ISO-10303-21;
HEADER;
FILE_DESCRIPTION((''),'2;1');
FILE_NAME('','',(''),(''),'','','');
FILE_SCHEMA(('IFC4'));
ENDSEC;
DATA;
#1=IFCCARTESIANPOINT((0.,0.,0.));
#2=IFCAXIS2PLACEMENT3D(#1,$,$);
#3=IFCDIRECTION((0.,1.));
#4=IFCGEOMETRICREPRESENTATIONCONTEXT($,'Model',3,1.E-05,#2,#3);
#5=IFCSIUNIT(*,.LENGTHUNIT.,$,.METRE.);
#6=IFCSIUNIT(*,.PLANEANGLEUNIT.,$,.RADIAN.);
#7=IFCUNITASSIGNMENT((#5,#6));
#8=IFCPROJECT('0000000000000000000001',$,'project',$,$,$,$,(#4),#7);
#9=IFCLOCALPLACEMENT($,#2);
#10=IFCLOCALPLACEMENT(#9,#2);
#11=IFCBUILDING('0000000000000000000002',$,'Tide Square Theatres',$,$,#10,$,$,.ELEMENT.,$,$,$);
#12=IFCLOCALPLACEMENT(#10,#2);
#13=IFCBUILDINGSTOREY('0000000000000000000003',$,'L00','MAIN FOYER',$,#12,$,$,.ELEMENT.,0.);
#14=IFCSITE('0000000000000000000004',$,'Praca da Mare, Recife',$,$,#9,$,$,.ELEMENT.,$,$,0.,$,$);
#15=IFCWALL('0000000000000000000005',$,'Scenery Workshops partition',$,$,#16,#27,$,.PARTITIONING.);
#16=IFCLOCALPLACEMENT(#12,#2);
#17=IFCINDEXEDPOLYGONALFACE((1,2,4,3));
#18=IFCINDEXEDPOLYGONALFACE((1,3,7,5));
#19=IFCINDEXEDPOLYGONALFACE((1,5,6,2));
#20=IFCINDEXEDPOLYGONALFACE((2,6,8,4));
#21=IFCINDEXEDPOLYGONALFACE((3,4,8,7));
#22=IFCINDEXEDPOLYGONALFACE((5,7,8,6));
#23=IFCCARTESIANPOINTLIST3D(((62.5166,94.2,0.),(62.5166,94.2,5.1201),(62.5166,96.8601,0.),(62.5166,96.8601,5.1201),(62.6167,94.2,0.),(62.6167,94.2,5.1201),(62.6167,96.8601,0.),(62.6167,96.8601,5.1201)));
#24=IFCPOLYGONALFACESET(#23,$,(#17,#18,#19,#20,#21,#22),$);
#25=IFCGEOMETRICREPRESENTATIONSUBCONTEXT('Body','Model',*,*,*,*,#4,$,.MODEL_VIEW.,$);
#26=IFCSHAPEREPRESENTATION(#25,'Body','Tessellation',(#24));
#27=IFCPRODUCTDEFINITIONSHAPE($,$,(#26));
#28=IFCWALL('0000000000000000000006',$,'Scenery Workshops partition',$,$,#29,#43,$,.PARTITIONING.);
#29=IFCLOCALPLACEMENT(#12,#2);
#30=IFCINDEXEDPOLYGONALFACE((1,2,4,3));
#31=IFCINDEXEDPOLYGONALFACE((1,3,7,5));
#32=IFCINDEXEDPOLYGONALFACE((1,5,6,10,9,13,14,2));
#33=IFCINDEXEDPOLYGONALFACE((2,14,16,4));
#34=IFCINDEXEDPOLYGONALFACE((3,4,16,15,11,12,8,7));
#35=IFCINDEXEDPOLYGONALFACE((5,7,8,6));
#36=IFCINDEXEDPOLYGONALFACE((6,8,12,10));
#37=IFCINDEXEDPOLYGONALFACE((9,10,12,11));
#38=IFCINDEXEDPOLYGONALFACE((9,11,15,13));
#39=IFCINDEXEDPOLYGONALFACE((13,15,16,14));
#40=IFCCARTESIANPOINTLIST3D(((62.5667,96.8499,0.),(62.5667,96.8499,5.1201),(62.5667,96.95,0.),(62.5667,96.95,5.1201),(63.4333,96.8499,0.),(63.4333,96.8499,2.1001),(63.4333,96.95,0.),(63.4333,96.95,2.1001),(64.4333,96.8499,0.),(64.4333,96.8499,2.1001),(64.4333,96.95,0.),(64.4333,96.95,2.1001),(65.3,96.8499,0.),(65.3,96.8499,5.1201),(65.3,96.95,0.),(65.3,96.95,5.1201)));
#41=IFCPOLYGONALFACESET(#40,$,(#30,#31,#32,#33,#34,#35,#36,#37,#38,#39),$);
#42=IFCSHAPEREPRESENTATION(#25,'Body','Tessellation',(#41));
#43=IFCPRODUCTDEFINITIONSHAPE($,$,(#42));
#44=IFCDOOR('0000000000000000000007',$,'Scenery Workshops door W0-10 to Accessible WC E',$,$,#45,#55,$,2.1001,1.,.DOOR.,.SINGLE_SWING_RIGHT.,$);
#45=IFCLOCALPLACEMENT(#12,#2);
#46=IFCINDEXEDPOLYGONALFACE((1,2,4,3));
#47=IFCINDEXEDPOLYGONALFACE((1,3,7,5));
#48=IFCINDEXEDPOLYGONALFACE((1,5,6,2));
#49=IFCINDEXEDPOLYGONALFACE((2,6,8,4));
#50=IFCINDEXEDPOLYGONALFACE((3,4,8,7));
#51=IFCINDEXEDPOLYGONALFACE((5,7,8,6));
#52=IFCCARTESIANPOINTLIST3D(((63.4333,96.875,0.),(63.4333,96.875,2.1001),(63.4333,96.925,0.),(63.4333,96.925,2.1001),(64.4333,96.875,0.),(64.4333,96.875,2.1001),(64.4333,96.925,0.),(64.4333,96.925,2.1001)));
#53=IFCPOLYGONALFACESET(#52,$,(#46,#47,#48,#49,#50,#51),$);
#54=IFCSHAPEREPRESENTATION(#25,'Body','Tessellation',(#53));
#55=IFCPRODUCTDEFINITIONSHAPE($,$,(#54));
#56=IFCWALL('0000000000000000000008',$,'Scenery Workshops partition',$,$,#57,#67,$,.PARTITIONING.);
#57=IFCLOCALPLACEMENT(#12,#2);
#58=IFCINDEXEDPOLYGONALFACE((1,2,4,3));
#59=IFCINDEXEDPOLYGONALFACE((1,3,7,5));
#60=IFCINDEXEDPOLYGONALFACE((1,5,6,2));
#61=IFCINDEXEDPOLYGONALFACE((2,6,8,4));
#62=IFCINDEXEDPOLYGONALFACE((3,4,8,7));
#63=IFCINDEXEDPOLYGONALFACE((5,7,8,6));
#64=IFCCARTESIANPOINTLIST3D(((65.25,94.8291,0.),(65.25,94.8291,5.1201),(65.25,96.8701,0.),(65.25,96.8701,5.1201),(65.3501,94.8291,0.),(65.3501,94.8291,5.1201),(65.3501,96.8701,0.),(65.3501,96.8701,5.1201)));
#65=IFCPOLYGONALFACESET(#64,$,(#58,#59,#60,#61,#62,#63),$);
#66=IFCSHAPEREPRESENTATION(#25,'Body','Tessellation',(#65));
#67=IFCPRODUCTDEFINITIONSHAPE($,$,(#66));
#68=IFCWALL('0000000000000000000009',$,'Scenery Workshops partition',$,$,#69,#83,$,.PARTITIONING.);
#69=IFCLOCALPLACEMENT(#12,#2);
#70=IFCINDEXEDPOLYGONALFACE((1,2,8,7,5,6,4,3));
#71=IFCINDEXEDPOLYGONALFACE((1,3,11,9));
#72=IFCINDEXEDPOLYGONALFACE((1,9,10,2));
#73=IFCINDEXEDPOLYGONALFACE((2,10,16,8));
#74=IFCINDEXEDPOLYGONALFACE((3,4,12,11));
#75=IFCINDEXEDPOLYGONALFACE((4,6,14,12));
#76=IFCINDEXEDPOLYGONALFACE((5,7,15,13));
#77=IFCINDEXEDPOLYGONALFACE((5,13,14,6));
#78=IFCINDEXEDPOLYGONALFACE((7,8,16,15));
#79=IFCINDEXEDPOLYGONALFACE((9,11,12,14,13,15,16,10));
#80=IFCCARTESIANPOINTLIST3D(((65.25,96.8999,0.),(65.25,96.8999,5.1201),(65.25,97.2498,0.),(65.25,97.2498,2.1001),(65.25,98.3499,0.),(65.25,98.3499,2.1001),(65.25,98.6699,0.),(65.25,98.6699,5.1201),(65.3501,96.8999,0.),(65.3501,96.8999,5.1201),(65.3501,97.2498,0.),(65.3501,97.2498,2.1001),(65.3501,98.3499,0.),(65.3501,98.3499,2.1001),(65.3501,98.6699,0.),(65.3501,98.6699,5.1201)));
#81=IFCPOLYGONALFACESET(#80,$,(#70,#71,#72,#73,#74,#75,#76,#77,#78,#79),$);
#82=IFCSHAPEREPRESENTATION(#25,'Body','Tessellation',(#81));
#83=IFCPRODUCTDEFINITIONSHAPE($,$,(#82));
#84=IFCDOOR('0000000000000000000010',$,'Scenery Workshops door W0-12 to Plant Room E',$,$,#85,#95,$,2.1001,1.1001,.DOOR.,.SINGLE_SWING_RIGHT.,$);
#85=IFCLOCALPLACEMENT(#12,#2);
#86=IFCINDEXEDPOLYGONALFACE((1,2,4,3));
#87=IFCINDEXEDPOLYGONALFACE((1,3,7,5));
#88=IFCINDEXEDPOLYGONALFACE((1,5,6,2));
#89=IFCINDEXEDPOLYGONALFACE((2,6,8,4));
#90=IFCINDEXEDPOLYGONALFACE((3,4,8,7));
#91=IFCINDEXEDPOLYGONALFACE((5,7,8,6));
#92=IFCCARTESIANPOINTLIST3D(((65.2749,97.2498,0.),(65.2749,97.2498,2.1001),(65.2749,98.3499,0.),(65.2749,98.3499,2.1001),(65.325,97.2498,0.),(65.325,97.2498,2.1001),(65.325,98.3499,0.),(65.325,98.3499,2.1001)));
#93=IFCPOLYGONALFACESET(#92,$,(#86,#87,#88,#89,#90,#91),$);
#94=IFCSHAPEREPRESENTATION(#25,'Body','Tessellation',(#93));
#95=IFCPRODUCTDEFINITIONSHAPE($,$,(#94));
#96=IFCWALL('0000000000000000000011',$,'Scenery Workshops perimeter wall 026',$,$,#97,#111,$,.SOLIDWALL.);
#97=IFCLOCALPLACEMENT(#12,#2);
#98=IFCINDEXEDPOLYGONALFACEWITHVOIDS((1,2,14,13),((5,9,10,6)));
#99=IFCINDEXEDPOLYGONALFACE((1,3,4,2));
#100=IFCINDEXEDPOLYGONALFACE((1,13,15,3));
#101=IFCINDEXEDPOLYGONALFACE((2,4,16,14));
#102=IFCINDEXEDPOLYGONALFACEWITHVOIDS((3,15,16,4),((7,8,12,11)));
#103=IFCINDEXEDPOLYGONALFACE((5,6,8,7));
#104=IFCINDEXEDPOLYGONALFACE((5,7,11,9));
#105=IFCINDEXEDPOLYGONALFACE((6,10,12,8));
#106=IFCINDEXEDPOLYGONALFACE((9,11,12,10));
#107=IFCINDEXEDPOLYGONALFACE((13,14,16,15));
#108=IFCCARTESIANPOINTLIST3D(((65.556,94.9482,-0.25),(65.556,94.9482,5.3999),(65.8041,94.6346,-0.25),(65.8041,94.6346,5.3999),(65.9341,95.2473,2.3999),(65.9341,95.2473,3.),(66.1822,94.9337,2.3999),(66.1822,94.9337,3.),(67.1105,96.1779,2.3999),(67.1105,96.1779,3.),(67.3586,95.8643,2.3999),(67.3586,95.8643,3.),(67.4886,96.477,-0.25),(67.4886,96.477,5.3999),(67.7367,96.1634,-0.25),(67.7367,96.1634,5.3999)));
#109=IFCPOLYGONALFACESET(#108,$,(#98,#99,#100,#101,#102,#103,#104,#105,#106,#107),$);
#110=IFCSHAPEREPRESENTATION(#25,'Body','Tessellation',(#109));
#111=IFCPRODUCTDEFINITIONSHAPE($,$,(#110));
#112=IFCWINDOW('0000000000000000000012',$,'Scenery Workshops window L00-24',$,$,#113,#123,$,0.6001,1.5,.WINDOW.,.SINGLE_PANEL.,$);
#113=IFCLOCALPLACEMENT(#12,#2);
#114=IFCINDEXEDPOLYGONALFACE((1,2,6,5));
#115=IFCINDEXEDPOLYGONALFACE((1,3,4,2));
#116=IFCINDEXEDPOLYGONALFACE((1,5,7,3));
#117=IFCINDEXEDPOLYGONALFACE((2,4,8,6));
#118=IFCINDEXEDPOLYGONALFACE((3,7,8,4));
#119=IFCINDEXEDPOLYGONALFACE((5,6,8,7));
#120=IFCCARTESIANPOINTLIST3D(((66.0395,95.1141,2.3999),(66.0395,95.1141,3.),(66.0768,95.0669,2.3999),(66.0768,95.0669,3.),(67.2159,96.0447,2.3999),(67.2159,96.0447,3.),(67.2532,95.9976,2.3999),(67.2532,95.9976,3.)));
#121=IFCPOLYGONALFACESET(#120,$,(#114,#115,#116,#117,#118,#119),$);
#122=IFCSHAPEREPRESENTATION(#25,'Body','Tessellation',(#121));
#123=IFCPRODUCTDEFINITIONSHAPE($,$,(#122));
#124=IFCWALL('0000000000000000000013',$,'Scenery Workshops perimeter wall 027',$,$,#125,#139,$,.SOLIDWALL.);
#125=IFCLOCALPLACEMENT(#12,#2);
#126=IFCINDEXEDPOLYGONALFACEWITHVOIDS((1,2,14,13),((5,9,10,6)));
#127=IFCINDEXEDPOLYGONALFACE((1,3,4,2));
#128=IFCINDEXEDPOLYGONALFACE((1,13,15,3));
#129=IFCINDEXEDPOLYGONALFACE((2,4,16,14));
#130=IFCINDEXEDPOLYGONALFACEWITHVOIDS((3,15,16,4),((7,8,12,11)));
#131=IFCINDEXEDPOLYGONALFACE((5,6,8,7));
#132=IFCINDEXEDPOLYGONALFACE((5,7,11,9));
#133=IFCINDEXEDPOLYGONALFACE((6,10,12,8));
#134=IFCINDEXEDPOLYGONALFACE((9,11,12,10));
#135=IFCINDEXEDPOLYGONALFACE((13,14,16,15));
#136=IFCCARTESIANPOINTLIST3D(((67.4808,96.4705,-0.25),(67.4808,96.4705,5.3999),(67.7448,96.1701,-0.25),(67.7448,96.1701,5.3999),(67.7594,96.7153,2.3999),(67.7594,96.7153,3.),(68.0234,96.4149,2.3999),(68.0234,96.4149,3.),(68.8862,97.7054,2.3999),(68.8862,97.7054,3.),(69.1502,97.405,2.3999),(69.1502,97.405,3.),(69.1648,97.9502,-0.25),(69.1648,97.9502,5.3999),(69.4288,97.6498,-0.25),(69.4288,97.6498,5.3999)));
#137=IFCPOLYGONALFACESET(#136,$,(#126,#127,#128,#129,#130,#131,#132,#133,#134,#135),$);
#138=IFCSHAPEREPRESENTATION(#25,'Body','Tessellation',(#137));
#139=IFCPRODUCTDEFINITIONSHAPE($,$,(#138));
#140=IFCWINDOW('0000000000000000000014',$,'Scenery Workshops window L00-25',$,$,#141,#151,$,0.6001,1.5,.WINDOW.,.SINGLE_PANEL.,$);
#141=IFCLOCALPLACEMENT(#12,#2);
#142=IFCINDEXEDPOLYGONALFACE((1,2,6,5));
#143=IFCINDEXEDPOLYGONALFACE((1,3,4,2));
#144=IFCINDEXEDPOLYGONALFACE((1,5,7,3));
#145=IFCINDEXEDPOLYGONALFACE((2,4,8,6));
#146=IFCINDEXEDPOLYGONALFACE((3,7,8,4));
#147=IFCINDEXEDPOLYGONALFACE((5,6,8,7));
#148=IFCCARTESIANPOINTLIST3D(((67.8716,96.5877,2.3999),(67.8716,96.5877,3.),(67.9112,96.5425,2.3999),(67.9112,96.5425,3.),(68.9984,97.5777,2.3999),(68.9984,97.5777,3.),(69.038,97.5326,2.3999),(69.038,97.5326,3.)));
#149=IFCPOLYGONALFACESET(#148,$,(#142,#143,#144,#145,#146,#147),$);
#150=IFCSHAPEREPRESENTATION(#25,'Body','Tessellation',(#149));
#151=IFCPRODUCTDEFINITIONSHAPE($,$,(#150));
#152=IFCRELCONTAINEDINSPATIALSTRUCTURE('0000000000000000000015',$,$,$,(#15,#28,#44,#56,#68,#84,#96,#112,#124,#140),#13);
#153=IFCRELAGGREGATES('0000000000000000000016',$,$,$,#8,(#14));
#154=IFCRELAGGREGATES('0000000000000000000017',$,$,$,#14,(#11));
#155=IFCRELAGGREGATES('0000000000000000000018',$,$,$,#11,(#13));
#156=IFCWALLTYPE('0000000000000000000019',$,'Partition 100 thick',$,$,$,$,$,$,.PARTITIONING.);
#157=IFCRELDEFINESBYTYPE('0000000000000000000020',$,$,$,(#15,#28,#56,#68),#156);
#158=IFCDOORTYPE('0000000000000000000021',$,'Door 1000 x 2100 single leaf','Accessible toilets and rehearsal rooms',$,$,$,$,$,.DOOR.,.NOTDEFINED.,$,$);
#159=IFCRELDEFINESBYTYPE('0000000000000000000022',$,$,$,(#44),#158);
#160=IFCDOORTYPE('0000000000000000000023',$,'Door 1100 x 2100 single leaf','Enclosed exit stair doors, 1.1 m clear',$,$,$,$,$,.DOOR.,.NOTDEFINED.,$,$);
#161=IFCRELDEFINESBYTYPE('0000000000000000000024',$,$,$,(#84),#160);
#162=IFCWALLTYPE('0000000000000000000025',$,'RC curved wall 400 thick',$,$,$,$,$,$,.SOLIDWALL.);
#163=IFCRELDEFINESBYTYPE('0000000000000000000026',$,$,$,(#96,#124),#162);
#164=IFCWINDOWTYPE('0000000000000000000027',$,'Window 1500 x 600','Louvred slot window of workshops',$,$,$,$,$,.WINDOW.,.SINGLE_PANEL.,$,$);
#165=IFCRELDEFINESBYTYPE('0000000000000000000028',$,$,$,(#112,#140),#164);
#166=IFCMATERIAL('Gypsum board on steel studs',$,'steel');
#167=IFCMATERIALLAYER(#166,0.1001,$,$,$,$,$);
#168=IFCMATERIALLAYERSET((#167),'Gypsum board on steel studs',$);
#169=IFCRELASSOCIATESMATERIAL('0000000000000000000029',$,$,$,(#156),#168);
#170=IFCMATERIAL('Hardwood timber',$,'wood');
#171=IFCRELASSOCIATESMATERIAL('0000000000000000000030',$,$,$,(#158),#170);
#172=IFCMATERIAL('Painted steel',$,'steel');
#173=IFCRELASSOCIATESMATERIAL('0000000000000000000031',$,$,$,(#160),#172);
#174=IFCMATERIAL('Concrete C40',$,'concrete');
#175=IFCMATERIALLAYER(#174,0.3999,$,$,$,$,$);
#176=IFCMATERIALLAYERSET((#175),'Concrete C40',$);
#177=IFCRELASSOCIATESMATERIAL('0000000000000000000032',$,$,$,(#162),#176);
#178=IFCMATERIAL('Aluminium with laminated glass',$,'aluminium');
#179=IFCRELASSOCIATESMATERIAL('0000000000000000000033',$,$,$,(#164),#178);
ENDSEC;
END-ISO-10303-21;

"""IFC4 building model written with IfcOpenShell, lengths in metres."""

from ifc_helpers import new_model, si_unit, direction, frame, frame_2d, origin, place, context, subcontext, project, spatial, rectangle, extrude, material, layer, layer_set, type_object, element, fill, save


model = new_model("IFC4")

# Units and contexts
model_context = context("Model", 3, precision=1e-05, world=origin(), true_north=direction((0.0, 1.0)))
body_context = subcontext(model_context, "Body", "Model", "MODEL_VIEW")
ifc_project = project(units=[si_unit("LENGTHUNIT", "METRE"), si_unit("PLANEANGLEUNIT", "RADIAN")], contexts=[model_context])

# Site, building, storey
site_placement = place(None, origin())
site = spatial("IfcSite", under=ifc_project, at=site_placement, Name="Praca da Mare, Recife", CompositionType="ELEMENT", RefElevation=0.0)
building_placement = place(site_placement, origin())
building = spatial("IfcBuilding", under=site, at=building_placement, Name="Tide Square Theatres", CompositionType="ELEMENT")
storey_placement = place(building_placement, origin())
storey = spatial("IfcBuildingStorey", under=building, at=storey_placement, Name="L00", Description="MAIN FOYER", CompositionType="ELEMENT", Elevation=0.0)

# Shared definitions
ifc_material_1 = material(Name="Gypsum board on steel studs", Category="steel")
ifc_layer_1 = layer(ifc_material_1, 0.1001)
ifc_layer_set_1 = layer_set([ifc_layer_1], Name="Gypsum board on steel studs")
wall_type_1 = type_object("IfcWallType", Name="Partition 100 thick", PredefinedType="PARTITIONING", material=ifc_layer_set_1)

# Wall
wall_1_placement = place(storey_placement, frame((62.5667, 96.8601, 0.0), z_axis=(0.0, 0.0, 1.0), x_axis=(0.0, -1.0, 0.0)))
element("IfcWall", 1, at=wall_1_placement, inside=storey, type_object=wall_type_1, Name="Scenery Workshops partition", PredefinedType="PARTITIONING", context=body_context, shape_type="SweptSolid", body=[
    extrude(rectangle(XDim=2.6602, YDim=0.1001, at=frame_2d((1.3301, 0.0))), origin(), (0.0, 0.0, 1.0), 5.1201),
])

# Wall, opening, door
wall_2_placement = place(storey_placement, frame((65.3, 96.8999, 0.0), z_axis=(0.0, 0.0, 1.0), x_axis=(-1.0, 0.0, 0.0)))
wall_2 = element("IfcWall", 2, at=wall_2_placement, inside=storey, type_object=wall_type_1, Name="Scenery Workshops partition", PredefinedType="PARTITIONING", context=body_context, shape_type="SweptSolid", body=[
    extrude(rectangle(XDim=2.7334, YDim=0.1001, at=frame_2d((1.3667, 0.0))), origin(), (0.0, 0.0, 1.0), 5.1201),
])
opening_1_placement = place(wall_2_placement, frame((0.8667, 0.0, 0.0)))
opening_1 = element("IfcOpeningElement", 3, at=opening_1_placement, cuts=wall_2, PredefinedType="OPENING", context=body_context, shape_type="SweptSolid", body=[
    extrude(rectangle(XDim=1.0, YDim=2.1001, at=frame_2d((0.5, 1.05))), frame((0.0, 0.0601, 0.0), z_axis=(0.0, -1.0, 0.0), x_axis=(1.0, 0.0, 0.0)), (0.0, 0.0, 1.0), 0.1201),
])
ifc_material_2 = material(Name="Hardwood timber", Category="wood")
door_type_1 = type_object("IfcDoorType", Name="Door 1000 x 2100 single leaf", Description="Accessible toilets and rehearsal rooms", OperationType="NOTDEFINED", PredefinedType="DOOR", material=ifc_material_2)
door_1_placement = place(opening_1_placement, origin())
door_1 = element("IfcDoor", 4, at=door_1_placement, inside=storey, type_object=door_type_1, Name="Scenery Workshops door W0-10 to Accessible WC E", OperationType="SINGLE_SWING_RIGHT", OverallHeight=2.1001, OverallWidth=1.0, PredefinedType="DOOR", context=body_context, shape_type="SweptSolid", body=[
    extrude(rectangle(XDim=1.0, YDim=2.1001, at=frame_2d((0.5, 1.05))), frame((0.0, 0.0249, 0.0), z_axis=(0.0, -1.0, 0.0), x_axis=(1.0, 0.0, 0.0)), (0.0, 0.0, 1.0), 0.05),
])
fill(opening_1, door_1)

# Wall
wall_3_placement = place(storey_placement, frame((65.3, 96.8701, 0.0), z_axis=(0.0, 0.0, 1.0), x_axis=(0.0, -1.0, 0.0)))
element("IfcWall", 5, at=wall_3_placement, inside=storey, type_object=wall_type_1, Name="Scenery Workshops partition", PredefinedType="PARTITIONING", context=body_context, shape_type="SweptSolid", body=[
    extrude(rectangle(XDim=2.041, YDim=0.1001, at=frame_2d((1.0205, 0.0))), origin(), (0.0, 0.0, 1.0), 5.1201),
])

# Wall, opening, door
wall_4_placement = place(storey_placement, frame((65.3, 98.6699, 0.0), z_axis=(0.0, 0.0, 1.0), x_axis=(0.0, -1.0, 0.0)))
wall_4 = element("IfcWall", 6, at=wall_4_placement, inside=storey, type_object=wall_type_1, Name="Scenery Workshops partition", PredefinedType="PARTITIONING", context=body_context, shape_type="SweptSolid", body=[
    extrude(rectangle(XDim=1.77, YDim=0.1001, at=frame_2d((0.885, 0.0))), origin(), (0.0, 0.0, 1.0), 5.1201),
])
opening_2_placement = place(wall_4_placement, frame((0.3201, 0.0, 0.0)))
opening_2 = element("IfcOpeningElement", 7, at=opening_2_placement, cuts=wall_4, PredefinedType="OPENING", context=body_context, shape_type="SweptSolid", body=[
    extrude(rectangle(XDim=1.1001, YDim=2.1001, at=frame_2d((0.55, 1.05))), frame((0.0, 0.0601, 0.0), z_axis=(0.0, -1.0, 0.0), x_axis=(1.0, 0.0, 0.0)), (0.0, 0.0, 1.0), 0.1201),
])
ifc_material_3 = material(Name="Painted steel", Category="steel")
door_type_2 = type_object("IfcDoorType", Name="Door 1100 x 2100 single leaf", Description="Enclosed exit stair doors, 1.1 m clear", OperationType="NOTDEFINED", PredefinedType="DOOR", material=ifc_material_3)
door_2_placement = place(opening_2_placement, origin())
door_2 = element("IfcDoor", 8, at=door_2_placement, inside=storey, type_object=door_type_2, Name="Scenery Workshops door W0-12 to Plant Room E", OperationType="SINGLE_SWING_RIGHT", OverallHeight=2.1001, OverallWidth=1.1001, PredefinedType="DOOR", context=body_context, shape_type="SweptSolid", body=[
    extrude(rectangle(XDim=1.1001, YDim=2.1001, at=frame_2d((0.55, 1.05))), frame((0.0, 0.0249, 0.0), z_axis=(0.0, -1.0, 0.0), x_axis=(1.0, 0.0, 0.0)), (0.0, 0.0, 1.0), 0.05),
])
fill(opening_2, door_2)

# Walls, openings, windows
ifc_material_4 = material(Name="Concrete C40", Category="concrete")
ifc_layer_2 = layer(ifc_material_4, 0.3999)
ifc_layer_set_2 = layer_set([ifc_layer_2], Name="Concrete C40")
wall_type_2 = type_object("IfcWallType", Name="RC curved wall 400 thick", PredefinedType="SOLIDWALL", material=ifc_layer_set_2)
wall_5_placement = place(storey_placement, frame((65.6802, 94.7915, -0.25), z_axis=(0.0, 0.0, 1.0), x_axis=(0.784279, 0.620409, 0.0)))
wall_5 = element("IfcWall", 9, at=wall_5_placement, inside=storey, type_object=wall_type_2, Name="Scenery Workshops perimeter wall 026", PredefinedType="SOLIDWALL", context=body_context, shape_type="SweptSolid", body=[
    extrude(rectangle(XDim=2.4641, YDim=0.3999, at=frame_2d((1.2319, 0.0))), origin(), (0.0, 0.0, 1.0), 5.6499),
])
opening_3_placement = place(wall_5_placement, frame((0.4819, 0.0, 2.6499)))
opening_3 = element("IfcOpeningElement", 10, at=opening_3_placement, cuts=wall_5, PredefinedType="OPENING", context=body_context, shape_type="SweptSolid", body=[
    extrude(rectangle(XDim=1.5, YDim=0.6001, at=frame_2d((0.75, 0.3))), frame((0.0, 0.21, 0.0), z_axis=(0.0, -1.0, 0.0), x_axis=(1.0, 0.0, 0.0)), (0.0, 0.0, 1.0), 0.4199),
])
ifc_material_5 = material(Name="Aluminium with laminated glass", Category="aluminium")
window_type = type_object("IfcWindowType", Name="Window 1500 x 600", Description="Louvred slot window of workshops", PartitioningType="SINGLE_PANEL", PredefinedType="WINDOW", material=ifc_material_5)
window_1_placement = place(opening_3_placement, origin())
window_1 = element("IfcWindow", 11, at=window_1_placement, inside=storey, type_object=window_type, Name="Scenery Workshops window L00-24", OverallHeight=0.6001, OverallWidth=1.5, PartitioningType="SINGLE_PANEL", PredefinedType="WINDOW", context=body_context, shape_type="SweptSolid", body=[
    extrude(rectangle(XDim=1.5, YDim=0.6001, at=frame_2d((0.75, 0.3))), frame((0.0, 0.03, 0.0), z_axis=(0.0, -1.0, 0.0), x_axis=(1.0, 0.0, 0.0)), (0.0, 0.0, 1.0), 0.0601),
])
fill(opening_3, window_1)
wall_6_placement = place(storey_placement, frame((67.6128, 96.3203, -0.25), z_axis=(0.0, 0.0, 1.0), x_axis=(0.751212, 0.660061, 0.0)))
wall_6 = element("IfcWall", 12, at=wall_6_placement, inside=storey, type_object=wall_type_2, Name="Scenery Workshops perimeter wall 027", PredefinedType="SOLIDWALL", context=body_context, shape_type="SweptSolid", body=[
    extrude(rectangle(XDim=2.2417, YDim=0.3999, at=frame_2d((1.1208, 0.0))), origin(), (0.0, 0.0, 1.0), 5.6499),
])
opening_4_placement = place(wall_6_placement, frame((0.3708, 0.0, 2.6499)))
opening_4 = element("IfcOpeningElement", 13, at=opening_4_placement, cuts=wall_6, PredefinedType="OPENING", context=body_context, shape_type="SweptSolid", body=[
    extrude(rectangle(XDim=1.5, YDim=0.6001, at=frame_2d((0.75, 0.3))), frame((0.0, 0.21, 0.0), z_axis=(0.0, -1.0, 0.0), x_axis=(1.0, 0.0, 0.0)), (0.0, 0.0, 1.0), 0.4199),
])
window_2_placement = place(opening_4_placement, origin())
window_2 = element("IfcWindow", 14, at=window_2_placement, inside=storey, type_object=window_type, Name="Scenery Workshops window L00-25", OverallHeight=0.6001, OverallWidth=1.5, PartitioningType="SINGLE_PANEL", PredefinedType="WINDOW", context=body_context, shape_type="SweptSolid", body=[
    extrude(rectangle(XDim=1.5, YDim=0.6001, at=frame_2d((0.75, 0.3))), frame((0.0, 0.03, 0.0), z_axis=(0.0, -1.0, 0.0), x_axis=(1.0, 0.0, 0.0)), (0.0, 0.0, 1.0), 0.0601),
])
fill(opening_4, window_2)

save(model, "model.ifc")
